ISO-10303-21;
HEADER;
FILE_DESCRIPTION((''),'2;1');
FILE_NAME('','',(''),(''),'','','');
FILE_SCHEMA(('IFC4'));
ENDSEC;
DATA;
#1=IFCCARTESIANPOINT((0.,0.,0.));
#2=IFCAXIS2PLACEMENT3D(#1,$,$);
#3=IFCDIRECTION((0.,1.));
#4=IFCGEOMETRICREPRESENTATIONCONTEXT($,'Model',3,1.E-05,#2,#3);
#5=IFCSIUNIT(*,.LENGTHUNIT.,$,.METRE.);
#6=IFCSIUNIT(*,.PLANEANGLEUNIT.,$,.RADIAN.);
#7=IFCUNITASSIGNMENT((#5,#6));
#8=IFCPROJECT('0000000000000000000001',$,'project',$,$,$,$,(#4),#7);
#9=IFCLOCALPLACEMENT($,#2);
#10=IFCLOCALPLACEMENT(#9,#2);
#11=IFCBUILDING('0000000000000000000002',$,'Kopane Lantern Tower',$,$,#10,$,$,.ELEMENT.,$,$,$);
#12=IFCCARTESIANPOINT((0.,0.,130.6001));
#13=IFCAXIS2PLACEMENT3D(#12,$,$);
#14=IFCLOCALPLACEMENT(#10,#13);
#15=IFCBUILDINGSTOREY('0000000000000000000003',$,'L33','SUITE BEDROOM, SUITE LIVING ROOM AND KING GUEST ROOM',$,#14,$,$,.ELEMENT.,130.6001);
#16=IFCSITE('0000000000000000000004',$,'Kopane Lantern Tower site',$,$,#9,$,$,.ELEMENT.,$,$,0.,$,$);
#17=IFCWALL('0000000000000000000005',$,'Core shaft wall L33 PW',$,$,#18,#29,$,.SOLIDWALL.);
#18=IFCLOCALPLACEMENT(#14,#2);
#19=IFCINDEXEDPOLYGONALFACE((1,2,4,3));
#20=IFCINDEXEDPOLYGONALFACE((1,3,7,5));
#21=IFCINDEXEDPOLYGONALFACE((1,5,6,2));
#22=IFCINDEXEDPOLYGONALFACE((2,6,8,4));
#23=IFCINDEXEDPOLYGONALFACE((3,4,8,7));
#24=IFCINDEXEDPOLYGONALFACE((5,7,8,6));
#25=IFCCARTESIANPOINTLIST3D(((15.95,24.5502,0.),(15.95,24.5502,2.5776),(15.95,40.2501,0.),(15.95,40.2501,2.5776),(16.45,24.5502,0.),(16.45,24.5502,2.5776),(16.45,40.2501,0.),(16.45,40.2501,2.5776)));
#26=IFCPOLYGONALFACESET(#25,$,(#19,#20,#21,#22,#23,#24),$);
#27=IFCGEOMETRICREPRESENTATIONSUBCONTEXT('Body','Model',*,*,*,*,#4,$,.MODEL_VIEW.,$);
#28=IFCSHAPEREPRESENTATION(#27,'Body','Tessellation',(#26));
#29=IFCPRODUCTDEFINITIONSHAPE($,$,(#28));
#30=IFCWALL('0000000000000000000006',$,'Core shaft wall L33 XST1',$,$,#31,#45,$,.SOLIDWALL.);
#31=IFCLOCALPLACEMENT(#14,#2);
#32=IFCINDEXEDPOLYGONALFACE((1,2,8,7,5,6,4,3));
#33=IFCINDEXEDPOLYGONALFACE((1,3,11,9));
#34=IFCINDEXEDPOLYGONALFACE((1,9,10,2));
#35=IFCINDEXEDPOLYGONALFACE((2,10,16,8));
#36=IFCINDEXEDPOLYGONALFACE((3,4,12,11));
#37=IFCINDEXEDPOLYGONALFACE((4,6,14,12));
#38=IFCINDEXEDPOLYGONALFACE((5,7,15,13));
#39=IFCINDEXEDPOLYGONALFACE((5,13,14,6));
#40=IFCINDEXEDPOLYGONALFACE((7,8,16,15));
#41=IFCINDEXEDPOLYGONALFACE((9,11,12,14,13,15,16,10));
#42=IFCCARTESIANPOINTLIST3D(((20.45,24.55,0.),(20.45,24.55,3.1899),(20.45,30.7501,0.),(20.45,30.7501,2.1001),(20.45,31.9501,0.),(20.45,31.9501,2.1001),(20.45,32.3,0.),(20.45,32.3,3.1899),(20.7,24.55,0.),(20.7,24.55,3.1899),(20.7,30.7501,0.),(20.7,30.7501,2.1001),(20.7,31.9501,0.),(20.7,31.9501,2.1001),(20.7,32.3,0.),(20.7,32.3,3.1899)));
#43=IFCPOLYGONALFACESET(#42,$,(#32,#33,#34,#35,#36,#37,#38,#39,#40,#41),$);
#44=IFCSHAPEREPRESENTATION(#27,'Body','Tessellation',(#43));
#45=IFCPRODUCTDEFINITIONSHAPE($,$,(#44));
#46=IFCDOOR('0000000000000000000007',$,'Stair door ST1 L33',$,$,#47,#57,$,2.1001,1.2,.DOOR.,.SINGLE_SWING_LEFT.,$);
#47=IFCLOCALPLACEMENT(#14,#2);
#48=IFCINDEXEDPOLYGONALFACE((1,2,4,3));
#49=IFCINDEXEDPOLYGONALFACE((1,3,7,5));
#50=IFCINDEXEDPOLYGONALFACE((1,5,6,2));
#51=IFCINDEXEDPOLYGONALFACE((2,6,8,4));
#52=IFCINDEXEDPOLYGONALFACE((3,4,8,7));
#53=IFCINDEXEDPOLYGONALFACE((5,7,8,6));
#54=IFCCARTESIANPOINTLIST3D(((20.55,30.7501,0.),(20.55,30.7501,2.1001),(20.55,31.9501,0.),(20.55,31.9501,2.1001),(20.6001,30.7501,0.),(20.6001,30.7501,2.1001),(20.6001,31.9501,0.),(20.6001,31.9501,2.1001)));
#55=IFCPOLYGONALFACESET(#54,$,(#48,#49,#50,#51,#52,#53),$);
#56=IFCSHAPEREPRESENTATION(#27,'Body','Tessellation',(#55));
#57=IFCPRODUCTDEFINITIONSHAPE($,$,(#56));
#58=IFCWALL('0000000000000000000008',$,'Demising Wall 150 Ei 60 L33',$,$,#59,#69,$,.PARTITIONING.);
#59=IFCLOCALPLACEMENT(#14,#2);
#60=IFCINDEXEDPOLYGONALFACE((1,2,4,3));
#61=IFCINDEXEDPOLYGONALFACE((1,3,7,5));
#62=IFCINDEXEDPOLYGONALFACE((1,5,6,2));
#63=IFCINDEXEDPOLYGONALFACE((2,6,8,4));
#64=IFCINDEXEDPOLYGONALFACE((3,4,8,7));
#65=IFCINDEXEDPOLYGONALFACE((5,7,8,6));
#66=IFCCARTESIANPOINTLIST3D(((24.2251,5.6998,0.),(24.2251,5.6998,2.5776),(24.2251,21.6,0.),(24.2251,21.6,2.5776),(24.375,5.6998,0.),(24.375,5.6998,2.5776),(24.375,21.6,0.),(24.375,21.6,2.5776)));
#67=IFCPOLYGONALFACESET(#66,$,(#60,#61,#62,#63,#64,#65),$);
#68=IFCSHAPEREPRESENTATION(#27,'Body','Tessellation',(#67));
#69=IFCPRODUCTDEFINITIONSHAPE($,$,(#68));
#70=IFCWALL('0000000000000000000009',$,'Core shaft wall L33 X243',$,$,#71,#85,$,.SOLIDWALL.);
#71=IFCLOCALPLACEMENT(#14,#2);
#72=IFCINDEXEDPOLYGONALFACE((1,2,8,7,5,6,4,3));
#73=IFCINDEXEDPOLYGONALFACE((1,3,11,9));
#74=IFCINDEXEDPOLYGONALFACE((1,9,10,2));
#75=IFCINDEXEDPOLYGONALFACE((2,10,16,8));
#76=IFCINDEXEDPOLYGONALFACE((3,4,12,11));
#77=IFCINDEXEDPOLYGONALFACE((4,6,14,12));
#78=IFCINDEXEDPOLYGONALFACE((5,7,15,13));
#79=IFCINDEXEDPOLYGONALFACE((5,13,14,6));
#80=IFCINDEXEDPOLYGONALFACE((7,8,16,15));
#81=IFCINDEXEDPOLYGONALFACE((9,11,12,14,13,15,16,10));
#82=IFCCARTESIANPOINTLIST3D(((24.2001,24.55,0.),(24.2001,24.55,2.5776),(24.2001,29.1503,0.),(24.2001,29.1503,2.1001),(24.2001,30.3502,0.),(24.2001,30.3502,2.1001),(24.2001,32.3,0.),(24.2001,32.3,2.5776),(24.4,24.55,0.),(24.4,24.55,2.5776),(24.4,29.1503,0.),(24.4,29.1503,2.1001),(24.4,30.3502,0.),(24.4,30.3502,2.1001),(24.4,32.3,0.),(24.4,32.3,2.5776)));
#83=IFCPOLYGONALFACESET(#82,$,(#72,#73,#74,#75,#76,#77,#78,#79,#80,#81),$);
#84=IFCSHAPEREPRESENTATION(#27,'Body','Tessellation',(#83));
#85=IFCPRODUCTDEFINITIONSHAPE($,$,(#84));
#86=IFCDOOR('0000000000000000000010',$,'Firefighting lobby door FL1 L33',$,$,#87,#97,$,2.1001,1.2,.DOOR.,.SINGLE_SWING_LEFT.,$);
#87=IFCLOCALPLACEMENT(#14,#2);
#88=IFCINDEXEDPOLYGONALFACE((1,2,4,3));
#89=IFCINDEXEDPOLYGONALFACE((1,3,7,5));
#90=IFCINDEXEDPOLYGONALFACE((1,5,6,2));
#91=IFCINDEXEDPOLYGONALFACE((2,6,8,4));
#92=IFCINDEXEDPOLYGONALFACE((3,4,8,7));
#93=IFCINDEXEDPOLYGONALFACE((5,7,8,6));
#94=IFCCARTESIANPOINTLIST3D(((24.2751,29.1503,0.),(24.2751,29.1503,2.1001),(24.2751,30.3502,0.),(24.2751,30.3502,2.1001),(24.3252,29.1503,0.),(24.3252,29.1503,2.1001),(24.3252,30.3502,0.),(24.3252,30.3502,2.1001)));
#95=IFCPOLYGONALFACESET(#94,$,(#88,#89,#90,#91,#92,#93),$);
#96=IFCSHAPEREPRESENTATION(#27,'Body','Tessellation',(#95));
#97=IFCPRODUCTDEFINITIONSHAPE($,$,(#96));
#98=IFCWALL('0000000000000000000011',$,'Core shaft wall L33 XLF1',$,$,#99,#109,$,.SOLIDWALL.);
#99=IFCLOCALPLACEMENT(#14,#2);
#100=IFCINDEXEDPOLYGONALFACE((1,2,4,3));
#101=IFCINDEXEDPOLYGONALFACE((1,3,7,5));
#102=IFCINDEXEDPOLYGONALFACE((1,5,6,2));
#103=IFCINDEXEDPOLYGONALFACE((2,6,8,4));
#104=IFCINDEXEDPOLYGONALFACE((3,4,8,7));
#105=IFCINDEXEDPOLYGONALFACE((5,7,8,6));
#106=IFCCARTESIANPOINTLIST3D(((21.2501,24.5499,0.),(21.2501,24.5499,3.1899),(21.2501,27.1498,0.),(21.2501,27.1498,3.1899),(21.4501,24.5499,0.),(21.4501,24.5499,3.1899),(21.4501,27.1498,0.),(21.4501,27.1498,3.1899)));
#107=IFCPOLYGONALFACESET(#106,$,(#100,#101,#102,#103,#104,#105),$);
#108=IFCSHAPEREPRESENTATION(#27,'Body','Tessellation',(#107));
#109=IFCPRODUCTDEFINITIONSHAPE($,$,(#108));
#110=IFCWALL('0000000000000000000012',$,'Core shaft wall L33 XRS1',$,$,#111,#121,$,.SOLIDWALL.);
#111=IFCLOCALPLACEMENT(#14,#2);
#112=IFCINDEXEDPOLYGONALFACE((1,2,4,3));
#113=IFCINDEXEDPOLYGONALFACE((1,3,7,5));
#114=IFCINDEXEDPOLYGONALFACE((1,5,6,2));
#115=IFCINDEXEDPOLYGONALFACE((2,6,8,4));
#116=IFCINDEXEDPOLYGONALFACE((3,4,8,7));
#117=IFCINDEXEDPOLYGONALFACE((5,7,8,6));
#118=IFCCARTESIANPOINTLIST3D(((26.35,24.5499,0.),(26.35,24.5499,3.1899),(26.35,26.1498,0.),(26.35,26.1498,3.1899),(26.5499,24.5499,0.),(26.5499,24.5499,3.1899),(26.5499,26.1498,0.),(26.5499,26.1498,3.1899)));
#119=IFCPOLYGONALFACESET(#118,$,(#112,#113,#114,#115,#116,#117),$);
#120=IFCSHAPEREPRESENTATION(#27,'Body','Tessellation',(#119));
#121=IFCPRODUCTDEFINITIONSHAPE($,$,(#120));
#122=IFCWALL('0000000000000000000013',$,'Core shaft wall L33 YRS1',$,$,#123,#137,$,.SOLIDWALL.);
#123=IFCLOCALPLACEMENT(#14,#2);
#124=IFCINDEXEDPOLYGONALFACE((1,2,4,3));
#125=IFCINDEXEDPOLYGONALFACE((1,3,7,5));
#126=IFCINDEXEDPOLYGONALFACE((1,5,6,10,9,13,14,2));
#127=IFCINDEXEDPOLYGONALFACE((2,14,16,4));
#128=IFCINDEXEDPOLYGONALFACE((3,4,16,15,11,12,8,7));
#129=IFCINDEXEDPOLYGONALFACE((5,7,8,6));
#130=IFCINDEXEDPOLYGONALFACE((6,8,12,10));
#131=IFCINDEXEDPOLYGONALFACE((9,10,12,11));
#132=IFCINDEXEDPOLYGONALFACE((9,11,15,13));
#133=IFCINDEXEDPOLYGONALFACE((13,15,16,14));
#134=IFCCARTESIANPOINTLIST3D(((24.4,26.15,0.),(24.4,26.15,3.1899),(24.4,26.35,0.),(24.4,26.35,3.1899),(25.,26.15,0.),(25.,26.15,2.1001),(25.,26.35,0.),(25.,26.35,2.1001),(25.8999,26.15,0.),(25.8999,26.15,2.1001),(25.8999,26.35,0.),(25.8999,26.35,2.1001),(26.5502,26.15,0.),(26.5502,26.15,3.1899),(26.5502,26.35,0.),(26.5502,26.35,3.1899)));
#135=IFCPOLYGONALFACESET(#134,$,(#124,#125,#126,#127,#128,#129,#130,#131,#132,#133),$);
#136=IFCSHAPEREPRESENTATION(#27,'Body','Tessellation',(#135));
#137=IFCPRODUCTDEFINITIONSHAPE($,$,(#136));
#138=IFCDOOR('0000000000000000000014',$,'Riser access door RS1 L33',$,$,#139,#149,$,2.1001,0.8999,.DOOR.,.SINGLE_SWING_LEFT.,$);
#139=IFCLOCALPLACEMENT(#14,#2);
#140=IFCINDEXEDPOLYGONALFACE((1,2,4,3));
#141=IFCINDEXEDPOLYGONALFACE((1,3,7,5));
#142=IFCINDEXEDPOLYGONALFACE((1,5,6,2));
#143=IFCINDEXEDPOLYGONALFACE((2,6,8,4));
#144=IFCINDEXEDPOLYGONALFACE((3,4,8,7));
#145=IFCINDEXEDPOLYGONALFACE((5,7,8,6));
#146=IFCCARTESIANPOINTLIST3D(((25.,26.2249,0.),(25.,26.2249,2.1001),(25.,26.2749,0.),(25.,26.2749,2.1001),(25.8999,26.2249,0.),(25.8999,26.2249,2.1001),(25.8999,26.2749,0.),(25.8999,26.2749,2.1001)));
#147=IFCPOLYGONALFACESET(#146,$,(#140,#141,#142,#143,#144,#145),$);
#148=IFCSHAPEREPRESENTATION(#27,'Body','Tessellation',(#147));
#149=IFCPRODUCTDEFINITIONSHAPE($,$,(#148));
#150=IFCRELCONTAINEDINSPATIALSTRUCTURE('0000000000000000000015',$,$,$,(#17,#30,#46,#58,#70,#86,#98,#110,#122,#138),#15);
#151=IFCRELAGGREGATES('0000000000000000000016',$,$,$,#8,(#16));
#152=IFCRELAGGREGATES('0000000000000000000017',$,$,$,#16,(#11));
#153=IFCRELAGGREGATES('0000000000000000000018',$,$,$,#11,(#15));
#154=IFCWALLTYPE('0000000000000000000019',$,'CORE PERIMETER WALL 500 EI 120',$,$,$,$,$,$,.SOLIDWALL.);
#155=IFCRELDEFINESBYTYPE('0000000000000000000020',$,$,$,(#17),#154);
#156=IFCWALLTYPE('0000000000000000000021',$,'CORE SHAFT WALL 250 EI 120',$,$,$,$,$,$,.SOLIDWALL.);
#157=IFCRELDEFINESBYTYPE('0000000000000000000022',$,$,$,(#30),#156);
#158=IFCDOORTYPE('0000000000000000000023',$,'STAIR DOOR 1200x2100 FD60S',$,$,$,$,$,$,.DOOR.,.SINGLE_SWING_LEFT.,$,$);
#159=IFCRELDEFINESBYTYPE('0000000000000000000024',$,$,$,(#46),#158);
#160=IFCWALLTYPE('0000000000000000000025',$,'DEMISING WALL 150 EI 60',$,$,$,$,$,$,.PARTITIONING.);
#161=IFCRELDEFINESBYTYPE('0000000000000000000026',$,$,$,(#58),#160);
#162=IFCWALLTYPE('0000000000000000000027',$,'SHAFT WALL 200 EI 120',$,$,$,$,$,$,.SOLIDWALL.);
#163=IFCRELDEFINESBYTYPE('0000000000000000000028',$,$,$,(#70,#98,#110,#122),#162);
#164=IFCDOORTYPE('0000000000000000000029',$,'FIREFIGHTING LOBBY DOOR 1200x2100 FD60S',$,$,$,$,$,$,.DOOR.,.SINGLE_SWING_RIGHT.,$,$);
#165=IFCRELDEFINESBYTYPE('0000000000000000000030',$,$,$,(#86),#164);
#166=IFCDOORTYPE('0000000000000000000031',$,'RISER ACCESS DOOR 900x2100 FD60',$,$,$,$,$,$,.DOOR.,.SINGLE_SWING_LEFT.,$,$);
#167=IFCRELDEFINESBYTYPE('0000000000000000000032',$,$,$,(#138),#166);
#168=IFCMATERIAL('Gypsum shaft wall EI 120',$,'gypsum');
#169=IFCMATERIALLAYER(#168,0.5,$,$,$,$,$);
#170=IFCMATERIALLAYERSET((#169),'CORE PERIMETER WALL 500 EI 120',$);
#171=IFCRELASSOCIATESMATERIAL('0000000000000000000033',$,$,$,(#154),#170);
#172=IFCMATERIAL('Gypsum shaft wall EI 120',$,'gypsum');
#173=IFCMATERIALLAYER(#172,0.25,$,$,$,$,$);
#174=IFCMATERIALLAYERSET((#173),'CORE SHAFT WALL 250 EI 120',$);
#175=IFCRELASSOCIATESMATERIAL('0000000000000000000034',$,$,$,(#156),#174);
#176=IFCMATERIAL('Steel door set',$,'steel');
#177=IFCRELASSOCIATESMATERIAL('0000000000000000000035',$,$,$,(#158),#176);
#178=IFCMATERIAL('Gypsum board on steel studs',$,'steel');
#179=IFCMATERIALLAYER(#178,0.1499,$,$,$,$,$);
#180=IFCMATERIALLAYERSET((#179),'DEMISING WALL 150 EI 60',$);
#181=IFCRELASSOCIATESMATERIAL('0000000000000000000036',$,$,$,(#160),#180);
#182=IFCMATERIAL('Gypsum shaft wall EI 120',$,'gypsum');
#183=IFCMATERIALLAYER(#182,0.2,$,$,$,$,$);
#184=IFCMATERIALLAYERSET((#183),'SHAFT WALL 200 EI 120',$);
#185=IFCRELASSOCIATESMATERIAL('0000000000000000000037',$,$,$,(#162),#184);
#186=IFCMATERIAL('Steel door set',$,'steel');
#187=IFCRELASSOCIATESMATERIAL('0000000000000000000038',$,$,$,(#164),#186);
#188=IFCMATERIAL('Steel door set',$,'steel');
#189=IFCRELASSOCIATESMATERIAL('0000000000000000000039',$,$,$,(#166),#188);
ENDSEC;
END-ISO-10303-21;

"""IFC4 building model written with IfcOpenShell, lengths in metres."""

from ifc_helpers import new_model, si_unit, direction, frame, frame_2d, origin, place, context, subcontext, project, spatial, rectangle, extrude, material, layer, layer_set, type_object, element, fill, save


model = new_model("IFC4")

# Units and contexts
model_context = context("Model", 3, precision=1e-05, world=origin(), true_north=direction((0.0, 1.0)))
body_context = subcontext(model_context, "Body", "Model", "MODEL_VIEW")
ifc_project = project(units=[si_unit("LENGTHUNIT", "METRE"), si_unit("PLANEANGLEUNIT", "RADIAN")], contexts=[model_context])

# Site, building, storey
site_placement = place(None, origin())
site = spatial("IfcSite", under=ifc_project, at=site_placement, Name="Kopane Lantern Tower site", CompositionType="ELEMENT", RefElevation=0.0)
building_placement = place(site_placement, origin())
building = spatial("IfcBuilding", under=site, at=building_placement, Name="Kopane Lantern Tower", CompositionType="ELEMENT")
storey_placement = place(building_placement, frame((0.0, 0.0, 130.6001)))
storey = spatial("IfcBuildingStorey", under=building, at=storey_placement, Name="L33", Description="SUITE BEDROOM, SUITE LIVING ROOM AND KING GUEST ROOM", CompositionType="ELEMENT", Elevation=130.6001)

# Wall
ifc_material_1 = material(Name="Gypsum shaft wall EI 120", Category="gypsum")
ifc_layer_1 = layer(ifc_material_1, 0.5)
ifc_layer_set_1 = layer_set([ifc_layer_1], Name="CORE PERIMETER WALL 500 EI 120")
wall_type_1 = type_object("IfcWallType", Name="CORE PERIMETER WALL 500 EI 120", PredefinedType="SOLIDWALL", material=ifc_layer_set_1)
wall_1_placement = place(storey_placement, frame((16.2, 24.55, 0.0), z_axis=(0.0, 0.0, 1.0), x_axis=(0.0, 1.0, 0.0)))
element("IfcWall", 1, at=wall_1_placement, inside=storey, type_object=wall_type_1, Name="Core shaft wall L33 PW", PredefinedType="SOLIDWALL", context=body_context, shape_type="SweptSolid", body=[
    extrude(rectangle(XDim=15.7, YDim=0.5, at=frame_2d((7.8501, 0.0))), origin(), (0.0, 0.0, 1.0), 2.5776),
])

# Wall, opening, door
ifc_material_2 = material(Name="Gypsum shaft wall EI 120", Category="gypsum")
ifc_layer_2 = layer(ifc_material_2, 0.25)
ifc_layer_set_2 = layer_set([ifc_layer_2], Name="CORE SHAFT WALL 250 EI 120")
wall_type_2 = type_object("IfcWallType", Name="CORE SHAFT WALL 250 EI 120", PredefinedType="SOLIDWALL", material=ifc_layer_set_2)
wall_2_placement = place(storey_placement, frame((20.575, 24.55, 0.0), z_axis=(0.0, 0.0, 1.0), x_axis=(0.0, 1.0, 0.0)))
wall_2 = element("IfcWall", 2, at=wall_2_placement, inside=storey, type_object=wall_type_2, Name="Core shaft wall L33 XST1", PredefinedType="SOLIDWALL", context=body_context, shape_type="SweptSolid", body=[
    extrude(rectangle(XDim=7.75, YDim=0.25, at=frame_2d((3.875, 0.0))), origin(), (0.0, 0.0, 1.0), 3.1899),
])
opening_1_placement = place(wall_2_placement, frame((6.2, 0.0, 0.0)))
opening_1 = element("IfcOpeningElement", 3, at=opening_1_placement, cuts=wall_2, PredefinedType="OPENING", context=body_context, shape_type="SweptSolid", body=[
    extrude(rectangle(XDim=1.2, YDim=2.1001, at=frame_2d((0.6001, 1.05))), frame((0.0, 0.135, 0.0), z_axis=(0.0, -1.0, 0.0), x_axis=(1.0, 0.0, 0.0)), (0.0, 0.0, 1.0), 0.27),
])
ifc_material_3 = material(Name="Steel door set", Category="steel")
door_type_1 = type_object("IfcDoorType", Name="STAIR DOOR 1200x2100 FD60S", OperationType="SINGLE_SWING_LEFT", PredefinedType="DOOR", material=ifc_material_3)
door_1_placement = place(opening_1_placement, origin())
door_1 = element("IfcDoor", 4, at=door_1_placement, inside=storey, type_object=door_type_1, Name="Stair door ST1 L33", OperationType="SINGLE_SWING_LEFT", OverallHeight=2.1001, OverallWidth=1.2, PredefinedType="DOOR", context=body_context, shape_type="SweptSolid", body=[
    extrude(rectangle(XDim=1.2, YDim=2.1001, at=frame_2d((0.6001, 1.05))), frame((0.0, 0.0249, 0.0), z_axis=(0.0, -1.0, 0.0), x_axis=(1.0, 0.0, 0.0)), (0.0, 0.0, 1.0), 0.05),
])
fill(opening_1, door_1)

# Wall
ifc_material_4 = material(Name="Gypsum board on steel studs", Category="steel")
ifc_layer_3 = layer(ifc_material_4, 0.1499)
ifc_layer_set_3 = layer_set([ifc_layer_3], Name="DEMISING WALL 150 EI 60")
wall_type_3 = type_object("IfcWallType", Name="DEMISING WALL 150 EI 60", PredefinedType="PARTITIONING", material=ifc_layer_set_3)
wall_3_placement = place(storey_placement, frame((24.3, 21.6001, 0.0), z_axis=(0.0, 0.0, 1.0), x_axis=(0.0, -1.0, 0.0)))
element("IfcWall", 5, at=wall_3_placement, inside=storey, type_object=wall_type_3, Name="Demising Wall 150 Ei 60 L33", PredefinedType="PARTITIONING", context=body_context, shape_type="SweptSolid", body=[
    extrude(rectangle(XDim=15.9001, YDim=0.1499, at=frame_2d((7.9502, 0.0))), origin(), (0.0, 0.0, 1.0), 2.5776),
])

# Wall, opening, door
ifc_material_5 = material(Name="Gypsum shaft wall EI 120", Category="gypsum")
ifc_layer_4 = layer(ifc_material_5, 0.2)
ifc_layer_set_4 = layer_set([ifc_layer_4], Name="SHAFT WALL 200 EI 120")
wall_type_4 = type_object("IfcWallType", Name="SHAFT WALL 200 EI 120", PredefinedType="SOLIDWALL", material=ifc_layer_set_4)
wall_4_placement = place(storey_placement, frame((24.3, 24.55, 0.0), z_axis=(0.0, 0.0, 1.0), x_axis=(0.0, 1.0, 0.0)))
wall_4 = element("IfcWall", 6, at=wall_4_placement, inside=storey, type_object=wall_type_4, Name="Core shaft wall L33 X243", PredefinedType="SOLIDWALL", context=body_context, shape_type="SweptSolid", body=[
    extrude(rectangle(XDim=7.75, YDim=0.2, at=frame_2d((3.875, 0.0))), origin(), (0.0, 0.0, 1.0), 2.5776),
])
opening_2_placement = place(wall_4_placement, frame((4.6001, 0.0, 0.0)))
opening_2 = element("IfcOpeningElement", 7, at=opening_2_placement, cuts=wall_4, PredefinedType="OPENING", context=body_context, shape_type="SweptSolid", body=[
    extrude(rectangle(XDim=1.2, YDim=2.1001, at=frame_2d((0.6001, 1.05))), frame((0.0, 0.1099, 0.0), z_axis=(0.0, -1.0, 0.0), x_axis=(1.0, 0.0, 0.0)), (0.0, 0.0, 1.0), 0.22),
])
ifc_material_6 = material(Name="Steel door set", Category="steel")
door_type_2 = type_object("IfcDoorType", Name="FIREFIGHTING LOBBY DOOR 1200x2100 FD60S", OperationType="SINGLE_SWING_RIGHT", PredefinedType="DOOR", material=ifc_material_6)
door_2_placement = place(opening_2_placement, origin())
door_2 = element("IfcDoor", 8, at=door_2_placement, inside=storey, type_object=door_type_2, Name="Firefighting lobby door FL1 L33", OperationType="SINGLE_SWING_LEFT", OverallHeight=2.1001, OverallWidth=1.2, PredefinedType="DOOR", context=body_context, shape_type="SweptSolid", body=[
    extrude(rectangle(XDim=1.2, YDim=2.1001, at=frame_2d((0.6001, 1.05))), frame((0.0, 0.0249, 0.0), z_axis=(0.0, -1.0, 0.0), x_axis=(1.0, 0.0, 0.0)), (0.0, 0.0, 1.0), 0.05),
])
fill(opening_2, door_2)

# Walls
wall_5_placement = place(storey_placement, frame((21.3501, 24.55, 0.0), z_axis=(0.0, 0.0, 1.0), x_axis=(0.0, 1.0, 0.0)))
element("IfcWall", 9, at=wall_5_placement, inside=storey, type_object=wall_type_4, Name="Core shaft wall L33 XLF1", PredefinedType="SOLIDWALL", context=body_context, shape_type="SweptSolid", body=[
    extrude(rectangle(XDim=2.5999, YDim=0.2, at=frame_2d((1.2998, 0.0))), origin(), (0.0, 0.0, 1.0), 3.1899),
])
wall_6_placement = place(storey_placement, frame((26.45, 24.55, 0.0), z_axis=(0.0, 0.0, 1.0), x_axis=(0.0, 1.0, 0.0)))
element("IfcWall", 10, at=wall_6_placement, inside=storey, type_object=wall_type_4, Name="Core shaft wall L33 XRS1", PredefinedType="SOLIDWALL", context=body_context, shape_type="SweptSolid", body=[
    extrude(rectangle(XDim=1.5999, YDim=0.2, at=frame_2d((0.7998, 0.0))), origin(), (0.0, 0.0, 1.0), 3.1899),
])

# Wall, opening, door
wall_7_placement = place(storey_placement, frame((24.3999, 26.25, 0.0), z_axis=(0.0, 0.0, 1.0), x_axis=(1.0, 0.0, 0.0)))
wall_7 = element("IfcWall", 11, at=wall_7_placement, inside=storey, type_object=wall_type_4, Name="Core shaft wall L33 YRS1", PredefinedType="SOLIDWALL", context=body_context, shape_type="SweptSolid", body=[
    extrude(rectangle(XDim=2.1501, YDim=0.2, at=frame_2d((1.0752, 0.0))), origin(), (0.0, 0.0, 1.0), 3.1899),
])
opening_3_placement = place(wall_7_placement, frame((0.6001, 0.0, 0.0)))
opening_3 = element("IfcOpeningElement", 12, at=opening_3_placement, cuts=wall_7, PredefinedType="OPENING", context=body_context, shape_type="SweptSolid", body=[
    extrude(rectangle(XDim=0.8999, YDim=2.1001, at=frame_2d((0.45, 1.05))), frame((0.0, 0.1099, 0.0), z_axis=(0.0, -1.0, 0.0), x_axis=(1.0, 0.0, 0.0)), (0.0, 0.0, 1.0), 0.22),
])
ifc_material_7 = material(Name="Steel door set", Category="steel")
door_type_3 = type_object("IfcDoorType", Name="RISER ACCESS DOOR 900x2100 FD60", OperationType="SINGLE_SWING_LEFT", PredefinedType="DOOR", material=ifc_material_7)
door_3_placement = place(opening_3_placement, origin())
door_3 = element("IfcDoor", 13, at=door_3_placement, inside=storey, type_object=door_type_3, Name="Riser access door RS1 L33", OperationType="SINGLE_SWING_LEFT", OverallHeight=2.1001, OverallWidth=0.8999, PredefinedType="DOOR", context=body_context, shape_type="SweptSolid", body=[
    extrude(rectangle(XDim=0.8999, YDim=2.1001, at=frame_2d((0.45, 1.05))), frame((0.0, 0.0249, 0.0), z_axis=(0.0, -1.0, 0.0), x_axis=(1.0, 0.0, 0.0)), (0.0, 0.0, 1.0), 0.05),
])
fill(opening_3, door_3)

save(model, "model.ifc")
